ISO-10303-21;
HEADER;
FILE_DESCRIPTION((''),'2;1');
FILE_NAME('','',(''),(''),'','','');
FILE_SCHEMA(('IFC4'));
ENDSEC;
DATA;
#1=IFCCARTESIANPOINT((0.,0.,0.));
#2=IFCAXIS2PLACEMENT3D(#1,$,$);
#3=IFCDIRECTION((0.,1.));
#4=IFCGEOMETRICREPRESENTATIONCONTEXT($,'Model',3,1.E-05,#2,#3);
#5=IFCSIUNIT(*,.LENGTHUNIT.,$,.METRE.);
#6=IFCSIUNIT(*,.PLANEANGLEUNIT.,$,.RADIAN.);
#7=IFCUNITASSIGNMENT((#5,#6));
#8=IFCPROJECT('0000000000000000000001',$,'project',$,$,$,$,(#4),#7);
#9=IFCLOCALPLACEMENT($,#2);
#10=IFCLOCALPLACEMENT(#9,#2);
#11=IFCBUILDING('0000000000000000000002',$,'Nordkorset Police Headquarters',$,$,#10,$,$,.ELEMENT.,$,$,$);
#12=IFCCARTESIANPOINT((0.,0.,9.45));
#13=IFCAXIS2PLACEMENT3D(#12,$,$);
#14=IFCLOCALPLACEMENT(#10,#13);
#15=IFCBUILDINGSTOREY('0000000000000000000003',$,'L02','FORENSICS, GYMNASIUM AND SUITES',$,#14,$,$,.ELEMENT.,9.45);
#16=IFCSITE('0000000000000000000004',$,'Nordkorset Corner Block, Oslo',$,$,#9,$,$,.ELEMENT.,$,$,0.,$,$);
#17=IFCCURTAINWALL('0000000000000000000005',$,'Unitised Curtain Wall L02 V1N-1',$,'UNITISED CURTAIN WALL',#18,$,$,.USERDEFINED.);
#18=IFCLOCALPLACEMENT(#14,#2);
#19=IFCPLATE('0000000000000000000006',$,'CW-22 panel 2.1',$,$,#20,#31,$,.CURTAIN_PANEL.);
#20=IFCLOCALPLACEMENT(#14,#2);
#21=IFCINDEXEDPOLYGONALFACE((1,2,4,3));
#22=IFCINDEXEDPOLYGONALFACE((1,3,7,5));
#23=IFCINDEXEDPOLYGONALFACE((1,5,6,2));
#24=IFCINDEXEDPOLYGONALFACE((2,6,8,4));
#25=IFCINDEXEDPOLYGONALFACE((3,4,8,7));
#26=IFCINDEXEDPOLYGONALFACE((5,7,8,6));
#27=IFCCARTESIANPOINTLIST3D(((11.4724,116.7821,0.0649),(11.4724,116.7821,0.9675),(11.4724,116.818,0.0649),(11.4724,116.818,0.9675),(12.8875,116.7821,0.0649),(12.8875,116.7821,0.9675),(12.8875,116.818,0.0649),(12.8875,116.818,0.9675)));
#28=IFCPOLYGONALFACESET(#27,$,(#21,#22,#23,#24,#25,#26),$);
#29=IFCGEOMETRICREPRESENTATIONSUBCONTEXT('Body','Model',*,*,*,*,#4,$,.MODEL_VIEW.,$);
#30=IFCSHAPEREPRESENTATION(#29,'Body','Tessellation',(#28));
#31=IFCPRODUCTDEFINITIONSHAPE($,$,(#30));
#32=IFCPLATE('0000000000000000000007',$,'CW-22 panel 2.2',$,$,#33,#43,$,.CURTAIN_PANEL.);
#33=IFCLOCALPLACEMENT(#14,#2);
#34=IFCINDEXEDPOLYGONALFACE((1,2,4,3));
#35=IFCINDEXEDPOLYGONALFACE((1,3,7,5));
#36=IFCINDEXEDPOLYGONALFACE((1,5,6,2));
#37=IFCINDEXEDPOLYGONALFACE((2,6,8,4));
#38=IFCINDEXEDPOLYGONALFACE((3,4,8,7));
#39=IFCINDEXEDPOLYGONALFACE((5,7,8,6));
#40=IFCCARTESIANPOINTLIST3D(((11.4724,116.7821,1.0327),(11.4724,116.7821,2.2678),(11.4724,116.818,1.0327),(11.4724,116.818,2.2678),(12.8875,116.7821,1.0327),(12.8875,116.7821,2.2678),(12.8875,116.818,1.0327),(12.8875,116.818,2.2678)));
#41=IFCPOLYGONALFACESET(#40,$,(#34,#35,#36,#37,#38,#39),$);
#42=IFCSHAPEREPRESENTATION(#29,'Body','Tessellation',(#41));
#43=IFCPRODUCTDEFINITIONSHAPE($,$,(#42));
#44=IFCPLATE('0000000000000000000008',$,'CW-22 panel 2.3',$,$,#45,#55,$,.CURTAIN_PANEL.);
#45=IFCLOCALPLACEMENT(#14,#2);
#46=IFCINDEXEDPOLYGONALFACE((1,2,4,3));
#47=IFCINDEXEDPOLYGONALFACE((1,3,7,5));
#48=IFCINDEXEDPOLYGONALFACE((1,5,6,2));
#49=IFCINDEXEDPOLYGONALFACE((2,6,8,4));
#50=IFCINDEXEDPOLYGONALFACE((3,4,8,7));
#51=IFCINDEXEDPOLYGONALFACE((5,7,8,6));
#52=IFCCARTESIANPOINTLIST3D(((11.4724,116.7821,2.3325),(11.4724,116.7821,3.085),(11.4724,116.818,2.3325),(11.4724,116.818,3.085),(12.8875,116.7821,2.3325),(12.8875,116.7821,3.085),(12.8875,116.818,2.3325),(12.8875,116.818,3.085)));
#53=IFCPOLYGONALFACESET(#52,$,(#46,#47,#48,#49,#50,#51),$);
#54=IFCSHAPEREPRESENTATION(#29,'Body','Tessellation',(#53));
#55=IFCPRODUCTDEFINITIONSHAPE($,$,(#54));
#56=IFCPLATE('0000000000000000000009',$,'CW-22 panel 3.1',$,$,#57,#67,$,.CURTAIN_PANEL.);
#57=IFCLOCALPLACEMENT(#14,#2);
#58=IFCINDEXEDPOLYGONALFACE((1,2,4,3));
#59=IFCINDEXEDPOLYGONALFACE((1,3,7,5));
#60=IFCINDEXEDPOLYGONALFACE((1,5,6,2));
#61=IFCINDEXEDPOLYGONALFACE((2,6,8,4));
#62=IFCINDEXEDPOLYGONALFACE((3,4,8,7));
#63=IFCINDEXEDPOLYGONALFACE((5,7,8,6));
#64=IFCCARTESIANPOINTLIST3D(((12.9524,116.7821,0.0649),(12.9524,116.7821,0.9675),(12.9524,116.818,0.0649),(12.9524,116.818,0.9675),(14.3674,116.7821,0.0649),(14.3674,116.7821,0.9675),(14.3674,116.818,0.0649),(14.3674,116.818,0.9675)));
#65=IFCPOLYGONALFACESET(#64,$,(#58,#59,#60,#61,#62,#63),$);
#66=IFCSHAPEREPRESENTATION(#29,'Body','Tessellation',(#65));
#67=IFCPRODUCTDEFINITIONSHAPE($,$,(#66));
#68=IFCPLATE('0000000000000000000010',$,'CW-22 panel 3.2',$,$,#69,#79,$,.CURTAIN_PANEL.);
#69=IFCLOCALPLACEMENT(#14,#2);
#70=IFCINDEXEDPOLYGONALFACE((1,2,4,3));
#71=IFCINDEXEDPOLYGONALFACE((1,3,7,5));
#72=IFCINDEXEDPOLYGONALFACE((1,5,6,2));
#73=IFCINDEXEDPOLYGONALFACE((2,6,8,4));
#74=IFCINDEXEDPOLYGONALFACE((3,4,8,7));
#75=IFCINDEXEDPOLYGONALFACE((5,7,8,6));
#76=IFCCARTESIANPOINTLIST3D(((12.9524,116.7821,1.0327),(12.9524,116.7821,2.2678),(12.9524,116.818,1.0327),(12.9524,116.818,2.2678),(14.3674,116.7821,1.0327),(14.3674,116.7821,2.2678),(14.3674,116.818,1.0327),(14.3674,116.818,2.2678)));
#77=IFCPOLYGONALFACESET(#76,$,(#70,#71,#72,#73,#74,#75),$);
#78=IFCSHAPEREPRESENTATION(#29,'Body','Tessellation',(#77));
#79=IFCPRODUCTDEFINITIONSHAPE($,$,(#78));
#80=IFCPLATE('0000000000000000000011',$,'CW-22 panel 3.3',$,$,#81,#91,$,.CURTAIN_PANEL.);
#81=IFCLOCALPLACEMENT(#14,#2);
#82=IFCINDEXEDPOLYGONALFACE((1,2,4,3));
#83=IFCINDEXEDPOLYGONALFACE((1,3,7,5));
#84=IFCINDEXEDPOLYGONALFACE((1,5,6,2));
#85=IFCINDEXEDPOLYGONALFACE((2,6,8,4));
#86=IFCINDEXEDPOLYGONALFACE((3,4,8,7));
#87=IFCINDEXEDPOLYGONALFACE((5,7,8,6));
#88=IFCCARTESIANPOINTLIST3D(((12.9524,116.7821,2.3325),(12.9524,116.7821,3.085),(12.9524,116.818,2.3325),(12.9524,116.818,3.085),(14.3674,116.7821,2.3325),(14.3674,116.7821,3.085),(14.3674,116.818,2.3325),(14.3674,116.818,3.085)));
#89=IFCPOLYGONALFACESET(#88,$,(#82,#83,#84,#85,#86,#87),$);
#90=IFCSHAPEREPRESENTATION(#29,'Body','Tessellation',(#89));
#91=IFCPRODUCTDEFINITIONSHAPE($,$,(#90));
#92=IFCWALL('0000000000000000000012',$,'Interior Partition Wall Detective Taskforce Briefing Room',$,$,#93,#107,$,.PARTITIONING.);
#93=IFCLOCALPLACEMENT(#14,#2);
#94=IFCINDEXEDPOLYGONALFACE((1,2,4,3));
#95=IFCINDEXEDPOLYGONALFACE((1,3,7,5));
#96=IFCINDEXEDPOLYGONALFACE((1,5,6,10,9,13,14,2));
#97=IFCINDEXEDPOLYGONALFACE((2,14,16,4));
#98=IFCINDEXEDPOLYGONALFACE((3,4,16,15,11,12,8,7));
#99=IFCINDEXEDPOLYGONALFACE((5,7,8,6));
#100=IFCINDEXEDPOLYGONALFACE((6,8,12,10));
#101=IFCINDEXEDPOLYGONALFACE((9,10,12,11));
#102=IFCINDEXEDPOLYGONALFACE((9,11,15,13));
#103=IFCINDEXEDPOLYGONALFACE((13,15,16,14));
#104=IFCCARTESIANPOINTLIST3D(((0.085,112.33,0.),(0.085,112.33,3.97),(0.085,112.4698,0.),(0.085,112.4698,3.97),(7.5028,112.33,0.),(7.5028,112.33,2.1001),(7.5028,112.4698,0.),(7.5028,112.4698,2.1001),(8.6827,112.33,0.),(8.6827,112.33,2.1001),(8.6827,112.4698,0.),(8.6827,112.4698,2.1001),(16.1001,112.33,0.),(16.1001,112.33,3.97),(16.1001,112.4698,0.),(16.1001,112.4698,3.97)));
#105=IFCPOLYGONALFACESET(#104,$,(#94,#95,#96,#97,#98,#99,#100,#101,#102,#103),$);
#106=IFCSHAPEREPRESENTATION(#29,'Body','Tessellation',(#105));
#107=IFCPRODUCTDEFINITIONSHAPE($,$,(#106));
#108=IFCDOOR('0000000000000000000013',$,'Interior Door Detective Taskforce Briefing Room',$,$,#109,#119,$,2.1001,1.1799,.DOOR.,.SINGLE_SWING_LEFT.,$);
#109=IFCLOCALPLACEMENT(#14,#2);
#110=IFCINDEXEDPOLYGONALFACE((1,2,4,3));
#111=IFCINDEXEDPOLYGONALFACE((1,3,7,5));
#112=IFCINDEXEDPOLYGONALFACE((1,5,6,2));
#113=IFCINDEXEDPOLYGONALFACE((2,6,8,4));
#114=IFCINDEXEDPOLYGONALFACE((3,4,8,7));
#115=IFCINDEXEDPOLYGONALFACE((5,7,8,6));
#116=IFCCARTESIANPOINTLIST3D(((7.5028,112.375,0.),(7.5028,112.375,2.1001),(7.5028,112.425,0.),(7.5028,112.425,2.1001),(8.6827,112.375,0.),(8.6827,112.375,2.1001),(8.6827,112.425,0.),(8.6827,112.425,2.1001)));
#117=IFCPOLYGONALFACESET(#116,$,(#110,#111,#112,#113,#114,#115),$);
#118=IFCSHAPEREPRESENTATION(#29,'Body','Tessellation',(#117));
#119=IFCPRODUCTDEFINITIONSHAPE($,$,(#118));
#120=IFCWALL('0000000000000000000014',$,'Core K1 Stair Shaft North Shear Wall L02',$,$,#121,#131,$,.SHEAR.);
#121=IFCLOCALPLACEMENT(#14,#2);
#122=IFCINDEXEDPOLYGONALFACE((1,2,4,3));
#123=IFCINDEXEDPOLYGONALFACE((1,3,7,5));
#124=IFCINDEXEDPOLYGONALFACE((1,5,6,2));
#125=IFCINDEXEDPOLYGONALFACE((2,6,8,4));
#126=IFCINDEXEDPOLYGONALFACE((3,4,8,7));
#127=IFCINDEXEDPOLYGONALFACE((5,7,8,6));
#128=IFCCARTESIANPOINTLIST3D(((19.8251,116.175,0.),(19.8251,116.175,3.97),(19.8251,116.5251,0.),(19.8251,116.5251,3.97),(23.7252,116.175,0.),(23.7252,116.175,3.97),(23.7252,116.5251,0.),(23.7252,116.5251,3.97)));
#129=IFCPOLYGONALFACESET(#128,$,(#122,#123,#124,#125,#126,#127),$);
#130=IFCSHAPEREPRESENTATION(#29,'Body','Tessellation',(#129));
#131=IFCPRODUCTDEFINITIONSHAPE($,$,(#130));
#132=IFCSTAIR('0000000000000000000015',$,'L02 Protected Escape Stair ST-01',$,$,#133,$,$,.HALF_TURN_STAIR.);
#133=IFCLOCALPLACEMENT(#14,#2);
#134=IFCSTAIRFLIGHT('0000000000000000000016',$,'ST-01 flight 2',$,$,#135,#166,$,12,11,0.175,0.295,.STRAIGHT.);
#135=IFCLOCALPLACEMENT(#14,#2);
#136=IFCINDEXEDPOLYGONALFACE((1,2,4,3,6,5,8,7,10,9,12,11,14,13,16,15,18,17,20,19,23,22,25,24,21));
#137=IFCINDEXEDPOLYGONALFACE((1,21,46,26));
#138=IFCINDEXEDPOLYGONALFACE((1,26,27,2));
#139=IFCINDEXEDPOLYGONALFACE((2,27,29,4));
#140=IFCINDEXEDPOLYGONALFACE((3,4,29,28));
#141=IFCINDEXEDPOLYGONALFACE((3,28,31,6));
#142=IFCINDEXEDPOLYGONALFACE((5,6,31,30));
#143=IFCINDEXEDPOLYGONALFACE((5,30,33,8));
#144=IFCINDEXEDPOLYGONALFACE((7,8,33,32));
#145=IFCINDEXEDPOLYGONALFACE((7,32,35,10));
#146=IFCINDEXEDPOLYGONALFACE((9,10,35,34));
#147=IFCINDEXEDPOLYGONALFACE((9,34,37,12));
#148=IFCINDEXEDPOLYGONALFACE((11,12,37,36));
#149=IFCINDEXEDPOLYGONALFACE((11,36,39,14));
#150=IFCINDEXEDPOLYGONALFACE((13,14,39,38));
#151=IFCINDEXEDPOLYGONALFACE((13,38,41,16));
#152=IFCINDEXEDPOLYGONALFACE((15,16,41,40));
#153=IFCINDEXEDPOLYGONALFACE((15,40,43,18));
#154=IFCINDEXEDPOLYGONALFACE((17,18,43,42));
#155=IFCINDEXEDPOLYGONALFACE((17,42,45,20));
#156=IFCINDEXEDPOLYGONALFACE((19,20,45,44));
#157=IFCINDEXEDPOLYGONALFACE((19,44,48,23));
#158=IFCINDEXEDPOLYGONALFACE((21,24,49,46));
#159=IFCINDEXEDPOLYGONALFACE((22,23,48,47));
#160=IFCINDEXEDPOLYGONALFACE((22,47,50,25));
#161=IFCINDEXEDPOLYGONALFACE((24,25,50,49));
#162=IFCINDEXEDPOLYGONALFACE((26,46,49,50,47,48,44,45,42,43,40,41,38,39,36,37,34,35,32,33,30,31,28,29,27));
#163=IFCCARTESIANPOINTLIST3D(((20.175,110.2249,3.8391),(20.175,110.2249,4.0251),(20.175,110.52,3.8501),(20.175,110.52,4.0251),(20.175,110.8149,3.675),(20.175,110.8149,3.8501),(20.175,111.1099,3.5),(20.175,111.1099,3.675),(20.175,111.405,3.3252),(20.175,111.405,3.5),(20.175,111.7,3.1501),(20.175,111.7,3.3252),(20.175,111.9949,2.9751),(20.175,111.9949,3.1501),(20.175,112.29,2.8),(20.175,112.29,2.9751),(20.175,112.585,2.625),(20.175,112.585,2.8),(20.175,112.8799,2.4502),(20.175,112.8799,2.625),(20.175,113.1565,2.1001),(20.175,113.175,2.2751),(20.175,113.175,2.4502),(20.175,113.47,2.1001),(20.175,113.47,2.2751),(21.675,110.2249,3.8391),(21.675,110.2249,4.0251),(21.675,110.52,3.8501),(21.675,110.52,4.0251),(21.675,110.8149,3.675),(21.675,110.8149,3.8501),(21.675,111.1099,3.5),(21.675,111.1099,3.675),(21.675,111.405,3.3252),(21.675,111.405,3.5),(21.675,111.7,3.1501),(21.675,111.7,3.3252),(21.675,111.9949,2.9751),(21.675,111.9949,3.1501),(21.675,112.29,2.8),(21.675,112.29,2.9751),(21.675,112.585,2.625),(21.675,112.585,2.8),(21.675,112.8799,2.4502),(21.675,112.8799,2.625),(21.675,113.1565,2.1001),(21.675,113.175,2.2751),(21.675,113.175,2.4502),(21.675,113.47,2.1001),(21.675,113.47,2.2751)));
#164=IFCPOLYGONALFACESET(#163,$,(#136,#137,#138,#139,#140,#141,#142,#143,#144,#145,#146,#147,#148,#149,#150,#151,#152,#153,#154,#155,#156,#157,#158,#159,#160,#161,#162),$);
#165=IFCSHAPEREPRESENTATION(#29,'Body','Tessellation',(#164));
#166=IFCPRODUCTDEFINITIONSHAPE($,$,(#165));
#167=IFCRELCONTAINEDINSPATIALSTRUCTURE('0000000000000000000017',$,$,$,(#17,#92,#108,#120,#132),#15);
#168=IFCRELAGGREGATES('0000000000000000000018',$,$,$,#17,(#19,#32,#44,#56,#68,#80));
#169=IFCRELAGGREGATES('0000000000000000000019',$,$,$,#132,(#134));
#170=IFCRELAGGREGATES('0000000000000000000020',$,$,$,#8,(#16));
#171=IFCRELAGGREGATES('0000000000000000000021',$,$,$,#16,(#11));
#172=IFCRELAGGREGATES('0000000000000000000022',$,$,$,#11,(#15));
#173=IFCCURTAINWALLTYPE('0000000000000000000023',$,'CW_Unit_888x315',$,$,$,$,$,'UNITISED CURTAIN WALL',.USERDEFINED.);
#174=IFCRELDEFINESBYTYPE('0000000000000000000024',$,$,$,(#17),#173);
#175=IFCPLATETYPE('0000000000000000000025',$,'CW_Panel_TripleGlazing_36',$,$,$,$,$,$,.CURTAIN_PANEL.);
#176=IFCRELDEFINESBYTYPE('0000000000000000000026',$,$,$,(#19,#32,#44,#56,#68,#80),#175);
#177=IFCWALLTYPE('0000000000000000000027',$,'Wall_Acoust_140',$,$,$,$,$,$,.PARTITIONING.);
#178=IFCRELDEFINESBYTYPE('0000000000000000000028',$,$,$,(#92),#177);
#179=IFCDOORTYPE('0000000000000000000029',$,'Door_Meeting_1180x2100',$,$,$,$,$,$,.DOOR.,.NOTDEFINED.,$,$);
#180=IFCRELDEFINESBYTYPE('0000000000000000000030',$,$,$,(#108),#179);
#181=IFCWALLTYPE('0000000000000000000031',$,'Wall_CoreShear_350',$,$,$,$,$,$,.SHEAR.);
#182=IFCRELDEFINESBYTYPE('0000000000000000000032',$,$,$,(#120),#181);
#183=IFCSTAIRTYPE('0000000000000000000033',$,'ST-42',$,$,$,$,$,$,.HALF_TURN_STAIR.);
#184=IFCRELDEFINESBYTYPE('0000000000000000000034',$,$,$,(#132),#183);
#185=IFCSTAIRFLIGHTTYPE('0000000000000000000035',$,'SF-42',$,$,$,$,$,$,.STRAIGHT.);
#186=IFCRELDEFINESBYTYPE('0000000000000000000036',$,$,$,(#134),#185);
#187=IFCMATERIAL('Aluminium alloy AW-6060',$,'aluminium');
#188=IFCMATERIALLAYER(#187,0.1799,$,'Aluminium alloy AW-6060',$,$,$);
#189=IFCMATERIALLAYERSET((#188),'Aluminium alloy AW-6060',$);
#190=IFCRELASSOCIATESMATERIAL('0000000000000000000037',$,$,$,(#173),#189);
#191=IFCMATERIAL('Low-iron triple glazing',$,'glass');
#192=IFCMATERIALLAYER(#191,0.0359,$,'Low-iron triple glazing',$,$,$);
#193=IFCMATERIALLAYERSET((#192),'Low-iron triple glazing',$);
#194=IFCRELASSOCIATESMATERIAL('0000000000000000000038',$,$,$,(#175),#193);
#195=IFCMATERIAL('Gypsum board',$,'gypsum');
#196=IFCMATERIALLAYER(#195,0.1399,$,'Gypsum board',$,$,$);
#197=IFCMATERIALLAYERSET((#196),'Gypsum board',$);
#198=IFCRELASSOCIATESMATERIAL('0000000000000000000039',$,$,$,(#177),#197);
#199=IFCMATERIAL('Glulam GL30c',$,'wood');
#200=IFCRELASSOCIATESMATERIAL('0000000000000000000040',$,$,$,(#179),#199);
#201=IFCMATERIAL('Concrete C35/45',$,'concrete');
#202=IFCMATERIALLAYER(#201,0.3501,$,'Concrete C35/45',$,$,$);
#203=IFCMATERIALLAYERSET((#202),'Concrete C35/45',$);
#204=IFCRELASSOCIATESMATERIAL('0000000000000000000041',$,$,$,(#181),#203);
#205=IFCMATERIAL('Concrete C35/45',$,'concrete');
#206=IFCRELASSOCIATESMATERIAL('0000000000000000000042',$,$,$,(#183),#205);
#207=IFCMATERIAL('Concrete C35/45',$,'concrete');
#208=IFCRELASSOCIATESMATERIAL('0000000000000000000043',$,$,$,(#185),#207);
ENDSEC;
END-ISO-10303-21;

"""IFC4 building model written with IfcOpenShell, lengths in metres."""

from ifc_helpers import new_model, si_unit, direction, frame, frame_2d, origin, origin_2d, place, context, subcontext, project, spatial, polyline, rectangle, outline, extrude, material, layer, layer_set, type_object, element, fill, aggregate, save


model = new_model("IFC4")

# Units and contexts
model_context = context("Model", 3, precision=1e-05, world=origin(), true_north=direction((0.0, 1.0)))
body_context = subcontext(model_context, "Body", "Model", "MODEL_VIEW")
ifc_project = project(units=[si_unit("LENGTHUNIT", "METRE"), si_unit("PLANEANGLEUNIT", "RADIAN")], contexts=[model_context])

# Site, building, storey
site_placement = place(None, origin())
site = spatial("IfcSite", under=ifc_project, at=site_placement, Name="Nordkorset Corner Block, Oslo", CompositionType="ELEMENT", RefElevation=0.0)
building_placement = place(site_placement, origin())
building = spatial("IfcBuilding", under=site, at=building_placement, Name="Nordkorset Police Headquarters", CompositionType="ELEMENT")
storey_placement = place(building_placement, frame((0.0, 0.0, 9.45)))
storey = spatial("IfcBuildingStorey", under=building, at=storey_placement, Name="L02", Description="FORENSICS, GYMNASIUM AND SUITES", CompositionType="ELEMENT", Elevation=9.45)

# Curtain wall
ifc_material_1 = material(Name="Aluminium alloy AW-6060", Category="aluminium")
ifc_layer_1 = layer(ifc_material_1, 0.1799, Name="Aluminium alloy AW-6060")
ifc_layer_set_1 = layer_set([ifc_layer_1], Name="Aluminium alloy AW-6060")
curtain_wall_type = type_object("IfcCurtainWallType", Name="CW_Unit_888x315", ElementType="UNITISED CURTAIN WALL", PredefinedType="USERDEFINED", material=ifc_layer_set_1)
curtain_wall_placement = place(storey_placement, origin())
curtain_wall = element("IfcCurtainWall", 1, at=curtain_wall_placement, inside=storey, type_object=curtain_wall_type, Name="Unitised Curtain Wall L02 V1N-1", ObjectType="UNITISED CURTAIN WALL", PredefinedType="USERDEFINED")

# Plates
ifc_material_2 = material(Name="Low-iron triple glazing", Category="glass")
ifc_layer_2 = layer(ifc_material_2, 0.0359, Name="Low-iron triple glazing")
ifc_layer_set_2 = layer_set([ifc_layer_2], Name="Low-iron triple glazing")
plate_type = type_object("IfcPlateType", Name="CW_Panel_TripleGlazing_36", PredefinedType="CURTAIN_PANEL", material=ifc_layer_set_2)
plate_1_placement = place(storey_placement, frame((12.1799, 116.8, 0.0649), z_axis=(0.0, 0.0, 1.0), x_axis=(1.0, 0.0, 0.0)))
plate_1 = element("IfcPlate", 2, at=plate_1_placement, type_object=plate_type, Name="CW-22 panel 2.1", PredefinedType="CURTAIN_PANEL", context=body_context, shape_type="SweptSolid", body=[
    extrude(rectangle(XDim=1.415, YDim=0.0359, at=origin_2d()), origin(), (0.0, 0.0, 1.0), 0.9026),
])
plate_2_placement = place(storey_placement, frame((12.1799, 116.8, 1.0327), z_axis=(0.0, 0.0, 1.0), x_axis=(1.0, 0.0, 0.0)))
plate_2 = element("IfcPlate", 3, at=plate_2_placement, type_object=plate_type, Name="CW-22 panel 2.2", PredefinedType="CURTAIN_PANEL", context=body_context, shape_type="SweptSolid", body=[
    extrude(rectangle(XDim=1.415, YDim=0.0359, at=origin_2d()), origin(), (0.0, 0.0, 1.0), 1.2351),
])
plate_3_placement = place(storey_placement, frame((12.1799, 116.8, 2.3325), z_axis=(0.0, 0.0, 1.0), x_axis=(1.0, 0.0, 0.0)))
plate_3 = element("IfcPlate", 4, at=plate_3_placement, type_object=plate_type, Name="CW-22 panel 2.3", PredefinedType="CURTAIN_PANEL", context=body_context, shape_type="SweptSolid", body=[
    extrude(rectangle(XDim=1.415, YDim=0.0359, at=origin_2d()), origin(), (0.0, 0.0, 1.0), 0.7524),
])
plate_4_placement = place(storey_placement, frame((13.6599, 116.8, 0.0649), z_axis=(0.0, 0.0, 1.0), x_axis=(1.0, 0.0, 0.0)))
plate_4 = element("IfcPlate", 5, at=plate_4_placement, type_object=plate_type, Name="CW-22 panel 3.1", PredefinedType="CURTAIN_PANEL", context=body_context, shape_type="SweptSolid", body=[
    extrude(rectangle(XDim=1.415, YDim=0.0359, at=origin_2d()), origin(), (0.0, 0.0, 1.0), 0.9026),
])
plate_5_placement = place(storey_placement, frame((13.6599, 116.8, 1.0327), z_axis=(0.0, 0.0, 1.0), x_axis=(1.0, 0.0, 0.0)))
plate_5 = element("IfcPlate", 6, at=plate_5_placement, type_object=plate_type, Name="CW-22 panel 3.2", PredefinedType="CURTAIN_PANEL", context=body_context, shape_type="SweptSolid", body=[
    extrude(rectangle(XDim=1.415, YDim=0.0359, at=origin_2d()), origin(), (0.0, 0.0, 1.0), 1.2351),
])
plate_6_placement = place(storey_placement, frame((13.6599, 116.8, 2.3325), z_axis=(0.0, 0.0, 1.0), x_axis=(1.0, 0.0, 0.0)))
plate_6 = element("IfcPlate", 7, at=plate_6_placement, type_object=plate_type, Name="CW-22 panel 3.3", PredefinedType="CURTAIN_PANEL", context=body_context, shape_type="SweptSolid", body=[
    extrude(rectangle(XDim=1.415, YDim=0.0359, at=origin_2d()), origin(), (0.0, 0.0, 1.0), 0.7524),
])
aggregate(curtain_wall, [plate_1, plate_2, plate_3, plate_4, plate_5, plate_6])

# Wall, opening, door
ifc_material_3 = material(Name="Gypsum board", Category="gypsum")
ifc_layer_3 = layer(ifc_material_3, 0.1399, Name="Gypsum board")
ifc_layer_set_3 = layer_set([ifc_layer_3], Name="Gypsum board")
wall_type_1 = type_object("IfcWallType", Name="Wall_Acoust_140", PredefinedType="PARTITIONING", material=ifc_layer_set_3)
wall_1_placement = place(storey_placement, frame((16.1001, 112.3999, 0.0), z_axis=(0.0, 0.0, 1.0), x_axis=(-1.0, 0.0, 0.0)))
wall_1 = element("IfcWall", 8, at=wall_1_placement, inside=storey, type_object=wall_type_1, Name="Interior Partition Wall Detective Taskforce Briefing Room", PredefinedType="PARTITIONING", context=body_context, shape_type="SweptSolid", body=[
    extrude(rectangle(XDim=16.0151, YDim=0.1399, at=frame_2d((8.0076, 0.0))), origin(), (0.0, 0.0, 1.0), 3.97),
])
opening_placement = place(wall_1_placement, frame((7.4175, 0.0, 0.0)))
opening = element("IfcOpeningElement", 9, at=opening_placement, cuts=wall_1, PredefinedType="OPENING", context=body_context, shape_type="SweptSolid", body=[
    extrude(rectangle(XDim=1.1799, YDim=2.1001, at=frame_2d((0.5898, 1.05))), frame((0.0, 0.0801, 0.0), z_axis=(0.0, -1.0, 0.0), x_axis=(1.0, 0.0, 0.0)), (0.0, 0.0, 1.0), 0.1599),
])
ifc_material_4 = material(Name="Glulam GL30c", Category="wood")
door_type = type_object("IfcDoorType", Name="Door_Meeting_1180x2100", OperationType="NOTDEFINED", PredefinedType="DOOR", material=ifc_material_4)
door_placement = place(opening_placement, origin())
door = element("IfcDoor", 10, at=door_placement, inside=storey, type_object=door_type, Name="Interior Door Detective Taskforce Briefing Room", OperationType="SINGLE_SWING_LEFT", OverallHeight=2.1001, OverallWidth=1.1799, PredefinedType="DOOR", context=body_context, shape_type="SweptSolid", body=[
    extrude(rectangle(XDim=1.1799, YDim=2.1001, at=frame_2d((0.5898, 1.05))), frame((0.0, 0.0249, 0.0), z_axis=(0.0, -1.0, 0.0), x_axis=(1.0, 0.0, 0.0)), (0.0, 0.0, 1.0), 0.05),
])
fill(opening, door)

# Wall
ifc_material_5 = material(Name="Concrete C35/45", Category="concrete")
ifc_layer_4 = layer(ifc_material_5, 0.3501, Name="Concrete C35/45")
ifc_layer_set_4 = layer_set([ifc_layer_4], Name="Concrete C35/45")
wall_type_2 = type_object("IfcWallType", Name="Wall_CoreShear_350", PredefinedType="SHEAR", material=ifc_layer_set_4)
wall_2_placement = place(storey_placement, frame((19.825, 116.3501, 0.0), z_axis=(0.0, 0.0, 1.0), x_axis=(1.0, 0.0, 0.0)))
element("IfcWall", 11, at=wall_2_placement, inside=storey, type_object=wall_type_2, Name="Core K1 Stair Shaft North Shear Wall L02", PredefinedType="SHEAR", context=body_context, shape_type="SweptSolid", body=[
    extrude(rectangle(XDim=3.9001, YDim=0.3501, at=frame_2d((1.9502, 0.0))), origin(), (0.0, 0.0, 1.0), 3.97),
])

# Stair, stair flight
ifc_material_6 = material(Name="Concrete C35/45", Category="concrete")
stair_type = type_object("IfcStairType", Name="ST-42", PredefinedType="HALF_TURN_STAIR", material=ifc_material_6)
stair_placement = place(storey_placement, origin())
stair = element("IfcStair", 12, at=stair_placement, inside=storey, type_object=stair_type, Name="L02 Protected Escape Stair ST-01", PredefinedType="HALF_TURN_STAIR")
ifc_material_7 = material(Name="Concrete C35/45", Category="concrete")
stair_flight_type = type_object("IfcStairFlightType", Name="SF-42", PredefinedType="STRAIGHT", material=ifc_material_7)
stair_flight_placement = place(storey_placement, frame((20.925, 113.47, 2.1001), z_axis=(0.0, 0.0, 1.0), x_axis=(0.0, -1.0, 0.0)))
stair_flight = element("IfcStairFlight", 13, at=stair_flight_placement, type_object=stair_flight_type, Name="ST-01 flight 2", NumberOfRisers=12, NumberOfTreads=11, PredefinedType="STRAIGHT", RiserHeight=0.175, TreadLength=0.295, context=body_context, shape_type="SweptSolid", body=[
    extrude(outline(polyline([(0.0, 0.0), (0.0, 0.175), (0.2949, 0.175), (0.2949, 0.3501), (0.5901, 0.3501), (0.5901, 0.5249), (0.885, 0.5249), (0.885, 0.7), (1.1799, 0.7), (1.1799, 0.875), (1.4751, 0.875), (1.4751, 1.05), (1.77, 1.05), (1.77, 1.2251), (2.0649, 1.2251), (2.0649, 1.3999), (2.3601, 1.3999), (2.3601, 1.575), (2.655, 1.575), (2.655, 1.75), (2.95, 1.75), (2.95, 1.925), (3.2451, 1.925), (3.2451, 2.1001), (3.2451, 1.739), (0.3135, 0.0), (0.0, 0.0)])), frame((0.0, 0.75, 0.0), z_axis=(0.0, -1.0, 0.0), x_axis=(1.0, 0.0, 0.0)), (0.0, 0.0, 1.0), 1.5),
])
aggregate(stair, [stair_flight])

save(model, "model.ifc")
